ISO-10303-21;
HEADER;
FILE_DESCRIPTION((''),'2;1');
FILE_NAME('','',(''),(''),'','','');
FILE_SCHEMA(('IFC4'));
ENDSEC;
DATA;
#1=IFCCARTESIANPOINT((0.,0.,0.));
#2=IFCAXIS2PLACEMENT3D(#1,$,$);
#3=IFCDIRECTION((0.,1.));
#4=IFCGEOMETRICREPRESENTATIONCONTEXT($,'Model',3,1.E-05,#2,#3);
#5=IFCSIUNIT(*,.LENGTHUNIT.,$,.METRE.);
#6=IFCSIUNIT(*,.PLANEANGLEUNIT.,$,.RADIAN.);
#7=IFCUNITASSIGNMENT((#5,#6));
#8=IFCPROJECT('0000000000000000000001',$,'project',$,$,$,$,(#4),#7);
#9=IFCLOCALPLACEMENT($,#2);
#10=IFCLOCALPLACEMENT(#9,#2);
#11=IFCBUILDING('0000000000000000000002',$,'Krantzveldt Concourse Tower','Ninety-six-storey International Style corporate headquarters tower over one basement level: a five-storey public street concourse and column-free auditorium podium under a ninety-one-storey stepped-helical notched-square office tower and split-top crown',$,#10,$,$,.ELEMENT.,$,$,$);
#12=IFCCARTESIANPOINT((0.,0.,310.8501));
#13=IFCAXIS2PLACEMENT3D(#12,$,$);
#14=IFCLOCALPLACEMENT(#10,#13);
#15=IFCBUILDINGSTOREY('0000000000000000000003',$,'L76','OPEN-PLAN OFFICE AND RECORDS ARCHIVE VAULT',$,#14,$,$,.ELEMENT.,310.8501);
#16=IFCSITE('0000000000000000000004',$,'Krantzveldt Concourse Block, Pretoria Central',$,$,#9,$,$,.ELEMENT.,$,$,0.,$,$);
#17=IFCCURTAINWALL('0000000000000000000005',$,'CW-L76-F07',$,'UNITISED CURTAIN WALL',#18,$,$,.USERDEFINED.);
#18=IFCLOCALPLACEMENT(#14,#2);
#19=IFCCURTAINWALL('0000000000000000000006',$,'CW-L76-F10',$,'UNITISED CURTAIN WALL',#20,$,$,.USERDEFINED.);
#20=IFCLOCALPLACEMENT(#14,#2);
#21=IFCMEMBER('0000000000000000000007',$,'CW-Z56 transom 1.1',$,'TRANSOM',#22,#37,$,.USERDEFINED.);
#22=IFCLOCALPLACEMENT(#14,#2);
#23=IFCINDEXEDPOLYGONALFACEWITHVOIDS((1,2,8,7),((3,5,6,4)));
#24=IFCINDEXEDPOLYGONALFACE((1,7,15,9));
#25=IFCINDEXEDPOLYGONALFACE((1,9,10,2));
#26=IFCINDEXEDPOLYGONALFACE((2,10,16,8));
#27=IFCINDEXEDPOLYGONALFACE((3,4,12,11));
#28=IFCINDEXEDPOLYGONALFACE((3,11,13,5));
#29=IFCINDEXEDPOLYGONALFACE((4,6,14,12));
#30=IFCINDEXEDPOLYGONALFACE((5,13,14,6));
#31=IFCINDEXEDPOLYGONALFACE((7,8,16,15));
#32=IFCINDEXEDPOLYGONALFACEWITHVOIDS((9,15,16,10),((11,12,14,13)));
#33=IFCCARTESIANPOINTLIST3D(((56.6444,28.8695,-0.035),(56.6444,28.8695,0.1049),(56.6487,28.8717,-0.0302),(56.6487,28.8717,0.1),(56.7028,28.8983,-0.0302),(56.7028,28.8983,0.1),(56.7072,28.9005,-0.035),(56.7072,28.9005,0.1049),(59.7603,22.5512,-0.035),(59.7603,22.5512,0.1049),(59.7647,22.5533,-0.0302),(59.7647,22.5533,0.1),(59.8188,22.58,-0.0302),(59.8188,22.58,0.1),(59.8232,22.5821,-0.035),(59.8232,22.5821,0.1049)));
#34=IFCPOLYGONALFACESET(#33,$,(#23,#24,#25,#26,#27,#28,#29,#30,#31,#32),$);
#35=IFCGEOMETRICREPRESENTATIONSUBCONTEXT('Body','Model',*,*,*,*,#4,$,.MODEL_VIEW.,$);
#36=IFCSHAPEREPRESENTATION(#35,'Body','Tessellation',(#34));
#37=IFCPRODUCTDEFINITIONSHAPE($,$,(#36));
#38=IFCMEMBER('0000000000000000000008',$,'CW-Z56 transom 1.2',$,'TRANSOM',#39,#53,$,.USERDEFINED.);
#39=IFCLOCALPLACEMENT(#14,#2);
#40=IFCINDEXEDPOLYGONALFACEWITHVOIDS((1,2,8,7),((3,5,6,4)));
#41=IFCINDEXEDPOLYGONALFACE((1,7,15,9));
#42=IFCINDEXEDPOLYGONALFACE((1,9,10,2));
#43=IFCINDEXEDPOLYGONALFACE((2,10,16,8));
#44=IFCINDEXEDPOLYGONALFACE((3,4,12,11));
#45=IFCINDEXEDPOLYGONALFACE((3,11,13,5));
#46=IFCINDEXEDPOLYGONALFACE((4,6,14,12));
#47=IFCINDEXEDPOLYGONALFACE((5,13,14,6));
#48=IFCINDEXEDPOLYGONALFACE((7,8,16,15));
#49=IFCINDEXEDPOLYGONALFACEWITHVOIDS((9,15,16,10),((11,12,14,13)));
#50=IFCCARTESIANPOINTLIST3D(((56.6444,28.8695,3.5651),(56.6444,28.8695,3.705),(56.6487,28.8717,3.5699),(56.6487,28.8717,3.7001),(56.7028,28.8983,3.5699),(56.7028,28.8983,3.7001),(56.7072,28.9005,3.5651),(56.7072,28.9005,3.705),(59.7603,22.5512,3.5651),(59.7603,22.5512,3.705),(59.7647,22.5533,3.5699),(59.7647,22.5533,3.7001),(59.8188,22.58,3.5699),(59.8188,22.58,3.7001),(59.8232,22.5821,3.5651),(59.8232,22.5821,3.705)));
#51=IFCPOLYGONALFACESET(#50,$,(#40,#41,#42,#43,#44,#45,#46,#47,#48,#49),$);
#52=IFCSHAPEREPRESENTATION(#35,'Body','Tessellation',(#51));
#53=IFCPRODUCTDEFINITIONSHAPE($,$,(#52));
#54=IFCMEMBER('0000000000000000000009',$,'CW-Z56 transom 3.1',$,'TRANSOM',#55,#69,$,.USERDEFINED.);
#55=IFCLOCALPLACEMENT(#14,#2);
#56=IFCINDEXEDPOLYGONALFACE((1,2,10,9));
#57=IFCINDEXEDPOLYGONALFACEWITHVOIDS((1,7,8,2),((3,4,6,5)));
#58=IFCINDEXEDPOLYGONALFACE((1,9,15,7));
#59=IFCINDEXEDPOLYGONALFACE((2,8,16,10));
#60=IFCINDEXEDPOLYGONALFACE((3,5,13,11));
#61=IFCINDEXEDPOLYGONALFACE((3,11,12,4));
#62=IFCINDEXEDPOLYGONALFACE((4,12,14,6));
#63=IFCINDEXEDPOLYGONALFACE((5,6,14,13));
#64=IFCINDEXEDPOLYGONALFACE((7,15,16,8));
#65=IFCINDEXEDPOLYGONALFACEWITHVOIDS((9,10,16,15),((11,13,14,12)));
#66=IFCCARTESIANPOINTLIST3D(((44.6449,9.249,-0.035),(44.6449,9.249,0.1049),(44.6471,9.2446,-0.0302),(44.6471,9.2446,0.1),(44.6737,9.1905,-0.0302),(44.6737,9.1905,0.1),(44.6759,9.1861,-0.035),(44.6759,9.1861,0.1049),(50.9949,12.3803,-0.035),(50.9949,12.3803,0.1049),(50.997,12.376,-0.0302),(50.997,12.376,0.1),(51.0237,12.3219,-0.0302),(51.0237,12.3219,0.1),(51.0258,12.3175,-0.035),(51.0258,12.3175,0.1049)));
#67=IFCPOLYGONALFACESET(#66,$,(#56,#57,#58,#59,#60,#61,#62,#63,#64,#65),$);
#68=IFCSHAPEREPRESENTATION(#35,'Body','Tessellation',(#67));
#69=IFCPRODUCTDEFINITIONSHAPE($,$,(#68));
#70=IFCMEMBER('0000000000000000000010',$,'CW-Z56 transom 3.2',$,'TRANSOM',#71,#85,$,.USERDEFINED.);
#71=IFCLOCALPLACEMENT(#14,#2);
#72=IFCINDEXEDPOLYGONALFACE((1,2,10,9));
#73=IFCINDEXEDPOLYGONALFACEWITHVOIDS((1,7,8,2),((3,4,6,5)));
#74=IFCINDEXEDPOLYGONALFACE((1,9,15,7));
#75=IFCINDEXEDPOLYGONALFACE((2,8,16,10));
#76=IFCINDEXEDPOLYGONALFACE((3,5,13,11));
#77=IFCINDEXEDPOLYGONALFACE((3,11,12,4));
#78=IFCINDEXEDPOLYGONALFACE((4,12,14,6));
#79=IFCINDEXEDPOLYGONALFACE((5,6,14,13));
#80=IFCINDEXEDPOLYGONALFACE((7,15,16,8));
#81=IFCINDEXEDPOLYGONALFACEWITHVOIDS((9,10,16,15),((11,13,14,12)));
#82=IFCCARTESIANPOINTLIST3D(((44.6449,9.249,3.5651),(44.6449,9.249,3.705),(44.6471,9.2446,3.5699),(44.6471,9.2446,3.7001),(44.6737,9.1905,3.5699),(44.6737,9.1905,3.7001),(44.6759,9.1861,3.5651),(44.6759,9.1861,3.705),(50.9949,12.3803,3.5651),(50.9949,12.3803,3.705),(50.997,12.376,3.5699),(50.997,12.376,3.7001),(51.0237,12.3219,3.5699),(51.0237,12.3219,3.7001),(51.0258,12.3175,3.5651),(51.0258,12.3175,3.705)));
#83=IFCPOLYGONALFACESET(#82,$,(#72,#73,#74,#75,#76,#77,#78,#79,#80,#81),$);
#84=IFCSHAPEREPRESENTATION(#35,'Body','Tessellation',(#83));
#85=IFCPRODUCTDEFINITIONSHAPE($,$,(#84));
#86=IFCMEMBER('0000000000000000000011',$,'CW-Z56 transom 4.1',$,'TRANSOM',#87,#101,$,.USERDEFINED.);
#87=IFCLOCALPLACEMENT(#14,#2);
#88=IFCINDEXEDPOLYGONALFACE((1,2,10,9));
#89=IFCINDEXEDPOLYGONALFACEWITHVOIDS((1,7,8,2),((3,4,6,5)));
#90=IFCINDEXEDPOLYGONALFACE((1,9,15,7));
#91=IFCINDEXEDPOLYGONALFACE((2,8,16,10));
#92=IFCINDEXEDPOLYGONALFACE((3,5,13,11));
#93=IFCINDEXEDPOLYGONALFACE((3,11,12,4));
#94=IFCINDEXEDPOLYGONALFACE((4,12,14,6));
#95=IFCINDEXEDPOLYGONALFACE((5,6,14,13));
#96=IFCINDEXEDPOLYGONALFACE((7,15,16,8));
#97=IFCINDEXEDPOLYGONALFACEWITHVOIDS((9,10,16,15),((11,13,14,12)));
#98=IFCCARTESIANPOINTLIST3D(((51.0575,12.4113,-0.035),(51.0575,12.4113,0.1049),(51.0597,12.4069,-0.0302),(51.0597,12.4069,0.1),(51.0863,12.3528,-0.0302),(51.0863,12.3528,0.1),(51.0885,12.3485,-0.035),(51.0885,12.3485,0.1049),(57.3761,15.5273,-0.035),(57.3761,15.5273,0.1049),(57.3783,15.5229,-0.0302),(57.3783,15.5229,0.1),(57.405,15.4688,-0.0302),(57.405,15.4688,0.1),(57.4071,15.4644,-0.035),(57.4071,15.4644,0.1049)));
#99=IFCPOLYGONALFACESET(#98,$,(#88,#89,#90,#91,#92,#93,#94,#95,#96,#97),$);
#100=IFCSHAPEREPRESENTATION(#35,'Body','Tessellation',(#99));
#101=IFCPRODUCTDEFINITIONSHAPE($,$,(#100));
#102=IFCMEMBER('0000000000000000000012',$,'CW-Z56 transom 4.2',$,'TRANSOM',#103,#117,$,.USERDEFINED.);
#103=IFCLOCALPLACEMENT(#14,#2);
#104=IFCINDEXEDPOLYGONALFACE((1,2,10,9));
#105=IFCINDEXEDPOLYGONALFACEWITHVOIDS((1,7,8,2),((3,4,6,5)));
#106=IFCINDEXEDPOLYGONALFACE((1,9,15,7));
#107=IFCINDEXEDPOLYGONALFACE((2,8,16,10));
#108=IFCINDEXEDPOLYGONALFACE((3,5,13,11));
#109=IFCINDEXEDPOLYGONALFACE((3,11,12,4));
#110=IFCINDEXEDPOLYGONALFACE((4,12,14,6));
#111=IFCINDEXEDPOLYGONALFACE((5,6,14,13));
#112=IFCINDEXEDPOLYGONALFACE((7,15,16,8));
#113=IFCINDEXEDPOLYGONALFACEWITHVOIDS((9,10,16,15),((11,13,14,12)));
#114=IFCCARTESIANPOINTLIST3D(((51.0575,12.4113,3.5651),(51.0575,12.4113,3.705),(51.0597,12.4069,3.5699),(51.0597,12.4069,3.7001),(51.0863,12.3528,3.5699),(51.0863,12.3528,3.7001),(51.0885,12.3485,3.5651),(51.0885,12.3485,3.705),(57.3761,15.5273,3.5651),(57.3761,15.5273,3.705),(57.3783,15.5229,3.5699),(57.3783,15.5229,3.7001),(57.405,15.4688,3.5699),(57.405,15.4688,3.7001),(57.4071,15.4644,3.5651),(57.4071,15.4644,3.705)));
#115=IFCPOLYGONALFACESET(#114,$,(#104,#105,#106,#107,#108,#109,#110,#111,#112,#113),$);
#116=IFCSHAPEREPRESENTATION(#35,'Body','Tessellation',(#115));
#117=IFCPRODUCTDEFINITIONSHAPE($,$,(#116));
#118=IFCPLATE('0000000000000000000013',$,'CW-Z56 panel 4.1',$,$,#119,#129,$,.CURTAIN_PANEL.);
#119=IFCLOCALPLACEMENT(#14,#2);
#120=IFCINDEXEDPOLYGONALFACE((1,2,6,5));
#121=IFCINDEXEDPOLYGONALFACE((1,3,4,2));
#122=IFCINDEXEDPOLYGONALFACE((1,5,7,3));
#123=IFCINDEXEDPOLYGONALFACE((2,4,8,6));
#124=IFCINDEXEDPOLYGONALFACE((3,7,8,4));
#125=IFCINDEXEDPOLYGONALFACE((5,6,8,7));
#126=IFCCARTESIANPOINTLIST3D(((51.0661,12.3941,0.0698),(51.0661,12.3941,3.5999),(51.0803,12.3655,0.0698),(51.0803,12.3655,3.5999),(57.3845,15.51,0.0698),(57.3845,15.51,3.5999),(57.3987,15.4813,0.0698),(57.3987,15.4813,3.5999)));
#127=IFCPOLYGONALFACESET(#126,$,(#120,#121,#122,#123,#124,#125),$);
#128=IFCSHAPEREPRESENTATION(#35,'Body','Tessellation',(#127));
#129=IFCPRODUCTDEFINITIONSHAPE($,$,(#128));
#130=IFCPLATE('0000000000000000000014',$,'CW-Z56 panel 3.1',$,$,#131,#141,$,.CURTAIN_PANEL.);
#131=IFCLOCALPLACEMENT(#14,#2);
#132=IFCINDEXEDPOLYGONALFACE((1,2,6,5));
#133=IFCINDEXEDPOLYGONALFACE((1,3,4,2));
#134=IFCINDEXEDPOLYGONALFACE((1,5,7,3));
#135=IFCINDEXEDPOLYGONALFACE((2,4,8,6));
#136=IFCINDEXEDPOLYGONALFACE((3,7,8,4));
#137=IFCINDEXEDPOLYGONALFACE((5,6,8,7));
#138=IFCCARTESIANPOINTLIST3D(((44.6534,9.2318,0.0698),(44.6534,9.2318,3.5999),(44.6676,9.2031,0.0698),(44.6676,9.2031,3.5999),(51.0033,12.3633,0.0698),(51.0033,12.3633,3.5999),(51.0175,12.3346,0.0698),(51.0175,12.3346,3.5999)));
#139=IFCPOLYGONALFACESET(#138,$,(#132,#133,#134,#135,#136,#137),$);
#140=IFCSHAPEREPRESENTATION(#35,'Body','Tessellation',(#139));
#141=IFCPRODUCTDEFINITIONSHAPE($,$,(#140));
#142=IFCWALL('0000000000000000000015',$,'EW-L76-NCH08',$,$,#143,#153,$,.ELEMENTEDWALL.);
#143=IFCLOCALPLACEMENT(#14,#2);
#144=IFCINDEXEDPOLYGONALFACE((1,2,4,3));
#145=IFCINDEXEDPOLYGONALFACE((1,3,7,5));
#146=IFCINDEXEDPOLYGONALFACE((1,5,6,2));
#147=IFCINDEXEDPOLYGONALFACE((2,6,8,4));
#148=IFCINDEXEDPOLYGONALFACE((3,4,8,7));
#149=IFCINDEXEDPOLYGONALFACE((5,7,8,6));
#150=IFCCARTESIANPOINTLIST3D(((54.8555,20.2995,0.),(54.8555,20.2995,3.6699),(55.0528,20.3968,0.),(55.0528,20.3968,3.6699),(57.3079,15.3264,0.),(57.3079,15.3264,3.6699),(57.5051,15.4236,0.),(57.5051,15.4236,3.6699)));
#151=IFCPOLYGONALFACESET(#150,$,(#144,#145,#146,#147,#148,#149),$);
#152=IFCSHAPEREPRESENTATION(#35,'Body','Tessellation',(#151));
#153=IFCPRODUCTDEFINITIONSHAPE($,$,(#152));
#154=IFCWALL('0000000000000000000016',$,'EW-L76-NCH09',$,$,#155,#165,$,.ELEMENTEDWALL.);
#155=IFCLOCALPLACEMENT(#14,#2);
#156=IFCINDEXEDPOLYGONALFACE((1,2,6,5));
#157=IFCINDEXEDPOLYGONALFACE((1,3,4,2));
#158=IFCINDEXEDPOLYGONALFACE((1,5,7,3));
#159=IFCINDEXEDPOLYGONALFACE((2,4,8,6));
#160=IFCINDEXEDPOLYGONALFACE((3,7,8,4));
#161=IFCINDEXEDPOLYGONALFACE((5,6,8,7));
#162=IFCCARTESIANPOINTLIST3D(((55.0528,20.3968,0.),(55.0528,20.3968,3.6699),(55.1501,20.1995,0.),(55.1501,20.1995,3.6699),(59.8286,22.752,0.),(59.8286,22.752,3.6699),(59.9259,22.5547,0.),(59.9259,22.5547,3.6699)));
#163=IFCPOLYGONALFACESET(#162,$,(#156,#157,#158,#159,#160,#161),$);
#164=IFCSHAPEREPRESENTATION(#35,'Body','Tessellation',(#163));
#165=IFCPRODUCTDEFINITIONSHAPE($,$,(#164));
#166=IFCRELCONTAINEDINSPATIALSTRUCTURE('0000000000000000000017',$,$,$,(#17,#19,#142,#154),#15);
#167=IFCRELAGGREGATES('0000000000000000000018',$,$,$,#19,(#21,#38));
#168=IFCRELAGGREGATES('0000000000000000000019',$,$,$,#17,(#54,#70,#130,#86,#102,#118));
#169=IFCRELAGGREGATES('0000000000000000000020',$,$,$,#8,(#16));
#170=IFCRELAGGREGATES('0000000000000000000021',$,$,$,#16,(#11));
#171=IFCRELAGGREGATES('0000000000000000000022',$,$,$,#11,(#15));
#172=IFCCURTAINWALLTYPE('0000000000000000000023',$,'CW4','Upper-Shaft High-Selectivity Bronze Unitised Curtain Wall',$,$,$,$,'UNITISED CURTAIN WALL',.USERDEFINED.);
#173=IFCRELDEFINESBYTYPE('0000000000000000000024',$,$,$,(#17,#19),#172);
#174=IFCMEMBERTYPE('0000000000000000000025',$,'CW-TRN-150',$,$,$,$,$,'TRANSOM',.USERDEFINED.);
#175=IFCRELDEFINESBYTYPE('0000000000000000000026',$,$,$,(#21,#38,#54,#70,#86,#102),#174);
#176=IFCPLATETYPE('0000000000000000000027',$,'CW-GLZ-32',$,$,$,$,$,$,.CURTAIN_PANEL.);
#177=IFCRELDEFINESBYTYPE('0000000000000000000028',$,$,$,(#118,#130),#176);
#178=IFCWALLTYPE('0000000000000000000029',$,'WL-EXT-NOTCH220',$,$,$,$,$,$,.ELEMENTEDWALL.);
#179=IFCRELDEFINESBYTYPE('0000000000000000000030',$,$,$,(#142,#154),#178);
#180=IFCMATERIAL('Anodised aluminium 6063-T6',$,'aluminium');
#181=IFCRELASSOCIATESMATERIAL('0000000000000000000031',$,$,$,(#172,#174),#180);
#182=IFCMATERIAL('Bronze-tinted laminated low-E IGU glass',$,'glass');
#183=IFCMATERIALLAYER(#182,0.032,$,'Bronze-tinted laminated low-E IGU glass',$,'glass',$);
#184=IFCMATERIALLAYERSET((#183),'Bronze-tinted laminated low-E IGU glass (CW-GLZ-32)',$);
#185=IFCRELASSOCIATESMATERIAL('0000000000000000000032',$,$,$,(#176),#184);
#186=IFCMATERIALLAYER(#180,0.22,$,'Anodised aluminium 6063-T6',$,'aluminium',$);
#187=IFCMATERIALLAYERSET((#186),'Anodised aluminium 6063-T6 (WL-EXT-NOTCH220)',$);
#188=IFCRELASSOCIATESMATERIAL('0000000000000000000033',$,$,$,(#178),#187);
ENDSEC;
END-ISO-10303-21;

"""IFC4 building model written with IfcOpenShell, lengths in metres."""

from ifc_helpers import new_model, si_unit, direction, frame, frame_2d, origin, origin_2d, place, context, subcontext, project, spatial, rectangle, hollow_rectangle, extrude, source, transform, mapped, material, layer, layer_set, material_profile, profile_set, type_object, type_shapes, element, aggregate, save


model = new_model("IFC4")

# Units and contexts
model_context = context("Model", 3, precision=1e-05, world=origin(), true_north=direction((0.0, 1.0)))
body_context = subcontext(model_context, "Body", "Model", "MODEL_VIEW")
ifc_project = project(units=[si_unit("LENGTHUNIT", "METRE"), si_unit("PLANEANGLEUNIT", "RADIAN")], contexts=[model_context])

# Site, building, storey
site_placement = place(None, origin())
site = spatial("IfcSite", under=ifc_project, at=site_placement, Name="Krantzveldt Concourse Block, Pretoria Central", CompositionType="ELEMENT", RefElevation=0.0)
building_placement = place(site_placement, origin())
building = spatial("IfcBuilding", under=site, at=building_placement, Name="Krantzveldt Concourse Tower", Description="Ninety-six-storey International Style corporate headquarters tower over one basement level: a five-storey public street concourse and column-free auditorium podium under a ninety-one-storey stepped-helical notched-square office tower and split-top crown", CompositionType="ELEMENT")
storey_placement = place(building_placement, frame((0.0, 0.0, 310.8501)))
storey = spatial("IfcBuildingStorey", under=building, at=storey_placement, Name="L76", Description="OPEN-PLAN OFFICE AND RECORDS ARCHIVE VAULT", CompositionType="ELEMENT", Elevation=310.8501)

# Curtain walls, members
ifc_material_1 = material(Name="Anodised aluminium 6063-T6", Category="aluminium")
curtain_wall_type = type_object("IfcCurtainWallType", Name="CW4", Description="Upper-Shaft High-Selectivity Bronze Unitised Curtain Wall", ElementType="UNITISED CURTAIN WALL", PredefinedType="USERDEFINED", material=ifc_material_1)
curtain_wall_1_placement = place(storey_placement, origin())
curtain_wall_1 = element("IfcCurtainWall", 1, at=curtain_wall_1_placement, inside=storey, type_object=curtain_wall_type, Name="CW-L76-F07", ObjectType="UNITISED CURTAIN WALL", PredefinedType="USERDEFINED")
curtain_wall_2_placement = place(storey_placement, origin())
curtain_wall_2 = element("IfcCurtainWall", 2, at=curtain_wall_2_placement, inside=storey, type_object=curtain_wall_type, Name="CW-L76-F10", ObjectType="UNITISED CURTAIN WALL", PredefinedType="USERDEFINED")
ifc_material_profile_1 = material_profile(ifc_material_1, hollow_rectangle(XDim=0.0701, YDim=0.1399, WallThickness=0.0049, at=origin_2d()), Name="Anodised aluminium 6063-T6", Category="aluminium")
ifc_profile_set_1 = profile_set([ifc_material_profile_1], Name="Anodised aluminium 6063-T6 - ALU-TRAN 140x70x5")
member_type_1 = type_object("IfcMemberType", Name="CW-TRN-150", ElementType="TRANSOM", PredefinedType="USERDEFINED", material=ifc_profile_set_1)
shared_shape_1 = source(origin(), body_context, "Body", "SweptSolid", [
    extrude(hollow_rectangle(XDim=0.0701, YDim=0.1399, WallThickness=0.0049, at=origin_2d()), origin(), (0.0, 0.0, 1.0), 7.0449),
])
member_1_placement = place(storey_placement, frame((59.7917, 22.5667, 0.0349), z_axis=(-0.4423, 0.896867, 0.0), x_axis=(-0.896867, -0.4423, 0.0)))
member_1 = element("IfcMember", 3, at=member_1_placement, type_object=member_type_1, Name="CW-Z56 transom 1.1", ObjectType="TRANSOM", PredefinedType="USERDEFINED", context=body_context, shape_type="MappedRepresentation", body=[
    mapped(shared_shape_1, transform((0.0, 0.0, 0.0), x_axis=(1.0, 0.0, 0.0), y_axis=(0.0, 1.0, 0.0), z_axis=(0.0, 0.0, 1.0), scale=1.0)),
])
member_2_placement = place(storey_placement, frame((59.7917, 22.5667, 3.635), z_axis=(-0.4423, 0.896867, 0.0), x_axis=(-0.896867, -0.4423, 0.0)))
member_2 = element("IfcMember", 4, at=member_2_placement, type_object=member_type_1, Name="CW-Z56 transom 1.2", ObjectType="TRANSOM", PredefinedType="USERDEFINED", context=body_context, shape_type="MappedRepresentation", body=[
    mapped(shared_shape_1, transform((0.0, 0.0, 0.0), x_axis=(1.0, 0.0, 0.0), y_axis=(0.0, 1.0, 0.0), z_axis=(0.0, 0.0, 1.0), scale=1.0)),
])
aggregate(curtain_wall_2, [member_1, member_2])

# Members
shared_shape_2 = source(origin(), body_context, "Body", "SweptSolid", [
    extrude(hollow_rectangle(XDim=0.0701, YDim=0.1399, WallThickness=0.0049, at=origin_2d()), origin(), (0.0, 0.0, 1.0), 7.0801),
])
member_3_placement = place(storey_placement, frame((44.6604, 9.2175, 0.0349), z_axis=(0.896876, 0.442283, 0.0), x_axis=(-0.442283, 0.896876, 0.0)))
member_3 = element("IfcMember", 5, at=member_3_placement, type_object=member_type_1, Name="CW-Z56 transom 3.1", ObjectType="TRANSOM", PredefinedType="USERDEFINED", context=body_context, shape_type="MappedRepresentation", body=[
    mapped(shared_shape_2, transform((0.0, 0.0, 0.0), x_axis=(1.0, 0.0, 0.0), y_axis=(0.0, 1.0, 0.0), z_axis=(0.0, 0.0, 1.0), scale=1.0)),
])
member_4_placement = place(storey_placement, frame((44.6604, 9.2175, 3.635), z_axis=(0.896876, 0.442283, 0.0), x_axis=(-0.442283, 0.896876, 0.0)))
member_4 = element("IfcMember", 6, at=member_4_placement, type_object=member_type_1, Name="CW-Z56 transom 3.2", ObjectType="TRANSOM", PredefinedType="USERDEFINED", context=body_context, shape_type="MappedRepresentation", body=[
    mapped(shared_shape_2, transform((0.0, 0.0, 0.0), x_axis=(1.0, 0.0, 0.0), y_axis=(0.0, 1.0, 0.0), z_axis=(0.0, 0.0, 1.0), scale=1.0)),
])
shared_shape_3 = source(origin(), body_context, "Body", "SweptSolid", [
    extrude(hollow_rectangle(XDim=0.0701, YDim=0.1399, WallThickness=0.0049, at=origin_2d()), origin(), (0.0, 0.0, 1.0), 7.0452),
])
type_shapes(member_type_1, [shared_shape_1, shared_shape_2, shared_shape_3])
member_5_placement = place(storey_placement, frame((51.073, 12.3799, 0.0349), z_axis=(0.896874, 0.442286, 0.0), x_axis=(-0.442286, 0.896874, 0.0)))
member_5 = element("IfcMember", 7, at=member_5_placement, type_object=member_type_1, Name="CW-Z56 transom 4.1", ObjectType="TRANSOM", PredefinedType="USERDEFINED", context=body_context, shape_type="MappedRepresentation", body=[
    mapped(shared_shape_3, transform((0.0, 0.0, 0.0), x_axis=(1.0, 0.0, 0.0), y_axis=(0.0, 1.0, 0.0), z_axis=(0.0, 0.0, 1.0), scale=1.0)),
])
member_6_placement = place(storey_placement, frame((51.073, 12.3799, 3.635), z_axis=(0.896874, 0.442286, 0.0), x_axis=(-0.442286, 0.896874, 0.0)))
member_6 = element("IfcMember", 8, at=member_6_placement, type_object=member_type_1, Name="CW-Z56 transom 4.2", ObjectType="TRANSOM", PredefinedType="USERDEFINED", context=body_context, shape_type="MappedRepresentation", body=[
    mapped(shared_shape_3, transform((0.0, 0.0, 0.0), x_axis=(1.0, 0.0, 0.0), y_axis=(0.0, 1.0, 0.0), z_axis=(0.0, 0.0, 1.0), scale=1.0)),
])

# Plates
ifc_material_2 = material(Name="Bronze-tinted laminated low-E IGU glass", Category="glass")
ifc_layer_1 = layer(ifc_material_2, 0.032, Name="Bronze-tinted laminated low-E IGU glass", Category="glass")
ifc_layer_set_1 = layer_set([ifc_layer_1], Name="Bronze-tinted laminated low-E IGU glass (CW-GLZ-32)")
plate_type = type_object("IfcPlateType", Name="CW-GLZ-32", PredefinedType="CURTAIN_PANEL", material=ifc_layer_set_1)
shared_shape_4 = source(origin(), body_context, "Body", "SweptSolid", [
    extrude(rectangle(XDim=7.0449, YDim=0.032, at=origin_2d()), origin(), (0.0, 0.0, 1.0), 3.53),
])
plate_1_placement = place(storey_placement, frame((54.2324, 13.9377, 0.0698), z_axis=(0.0, 0.0, 1.0), x_axis=(0.896873, 0.442289, 0.0)))
plate_1 = element("IfcPlate", 9, at=plate_1_placement, type_object=plate_type, Name="CW-Z56 panel 4.1", PredefinedType="CURTAIN_PANEL", context=body_context, shape_type="MappedRepresentation", body=[
    mapped(shared_shape_4, transform((0.0, 0.0, 0.0), x_axis=(1.0, 0.0, 0.0), y_axis=(0.0, 1.0, 0.0), z_axis=(0.0, 0.0, 1.0), scale=1.0)),
])
shared_shape_5 = source(origin(), body_context, "Body", "SweptSolid", [
    extrude(rectangle(XDim=7.0801, YDim=0.032, at=origin_2d()), origin(), (0.0, 0.0, 1.0), 3.53),
])
type_shapes(plate_type, [shared_shape_4, shared_shape_5])
plate_2_placement = place(storey_placement, frame((47.8354, 10.7832, 0.0698), z_axis=(0.0, 0.0, 1.0), x_axis=(0.896873, 0.442289, 0.0)))
plate_2 = element("IfcPlate", 10, at=plate_2_placement, type_object=plate_type, Name="CW-Z56 panel 3.1", PredefinedType="CURTAIN_PANEL", context=body_context, shape_type="MappedRepresentation", body=[
    mapped(shared_shape_5, transform((0.0, 0.0, 0.0), x_axis=(1.0, 0.0, 0.0), y_axis=(0.0, 1.0, 0.0), z_axis=(0.0, 0.0, 1.0), scale=1.0)),
])
aggregate(curtain_wall_1, [member_3, member_4, plate_2, member_5, member_6, plate_1])

# Walls
ifc_layer_2 = layer(ifc_material_1, 0.22, Name="Anodised aluminium 6063-T6", Category="aluminium")
ifc_layer_set_2 = layer_set([ifc_layer_2], Name="Anodised aluminium 6063-T6 (WL-EXT-NOTCH220)")
wall_type_1 = type_object("IfcWallType", Name="WL-EXT-NOTCH220", PredefinedType="ELEMENTEDWALL", material=ifc_layer_set_2)
wall_1_placement = place(storey_placement, frame((57.4065, 15.375, 0.0), z_axis=(0.0, 0.0, 1.0), x_axis=(-0.442276, 0.896879, 0.0)))
element("IfcWall", 11, at=wall_1_placement, inside=storey, type_object=wall_type_1, Name="EW-L76-NCH08", PredefinedType="ELEMENTEDWALL", context=body_context, shape_type="SweptSolid", body=[
    extrude(rectangle(XDim=5.5449, YDim=0.22, at=frame_2d((2.7725, 0.0))), origin(), (0.0, 0.0, 1.0), 3.6699),
])
wall_2_placement = place(storey_placement, frame((55.1013, 20.2981, 0.0), z_axis=(0.0, 0.0, 1.0), x_axis=(0.896871, 0.442292, 0.0)))
element("IfcWall", 12, at=wall_2_placement, inside=storey, type_object=wall_type_1, Name="EW-L76-NCH09", PredefinedType="ELEMENTEDWALL", context=body_context, shape_type="SweptSolid", body=[
    extrude(rectangle(XDim=5.325, YDim=0.22, at=frame_2d((2.6626, 0.0))), origin(), (0.0, 0.0, 1.0), 3.6699),
])

save(model, "model.ifc")
